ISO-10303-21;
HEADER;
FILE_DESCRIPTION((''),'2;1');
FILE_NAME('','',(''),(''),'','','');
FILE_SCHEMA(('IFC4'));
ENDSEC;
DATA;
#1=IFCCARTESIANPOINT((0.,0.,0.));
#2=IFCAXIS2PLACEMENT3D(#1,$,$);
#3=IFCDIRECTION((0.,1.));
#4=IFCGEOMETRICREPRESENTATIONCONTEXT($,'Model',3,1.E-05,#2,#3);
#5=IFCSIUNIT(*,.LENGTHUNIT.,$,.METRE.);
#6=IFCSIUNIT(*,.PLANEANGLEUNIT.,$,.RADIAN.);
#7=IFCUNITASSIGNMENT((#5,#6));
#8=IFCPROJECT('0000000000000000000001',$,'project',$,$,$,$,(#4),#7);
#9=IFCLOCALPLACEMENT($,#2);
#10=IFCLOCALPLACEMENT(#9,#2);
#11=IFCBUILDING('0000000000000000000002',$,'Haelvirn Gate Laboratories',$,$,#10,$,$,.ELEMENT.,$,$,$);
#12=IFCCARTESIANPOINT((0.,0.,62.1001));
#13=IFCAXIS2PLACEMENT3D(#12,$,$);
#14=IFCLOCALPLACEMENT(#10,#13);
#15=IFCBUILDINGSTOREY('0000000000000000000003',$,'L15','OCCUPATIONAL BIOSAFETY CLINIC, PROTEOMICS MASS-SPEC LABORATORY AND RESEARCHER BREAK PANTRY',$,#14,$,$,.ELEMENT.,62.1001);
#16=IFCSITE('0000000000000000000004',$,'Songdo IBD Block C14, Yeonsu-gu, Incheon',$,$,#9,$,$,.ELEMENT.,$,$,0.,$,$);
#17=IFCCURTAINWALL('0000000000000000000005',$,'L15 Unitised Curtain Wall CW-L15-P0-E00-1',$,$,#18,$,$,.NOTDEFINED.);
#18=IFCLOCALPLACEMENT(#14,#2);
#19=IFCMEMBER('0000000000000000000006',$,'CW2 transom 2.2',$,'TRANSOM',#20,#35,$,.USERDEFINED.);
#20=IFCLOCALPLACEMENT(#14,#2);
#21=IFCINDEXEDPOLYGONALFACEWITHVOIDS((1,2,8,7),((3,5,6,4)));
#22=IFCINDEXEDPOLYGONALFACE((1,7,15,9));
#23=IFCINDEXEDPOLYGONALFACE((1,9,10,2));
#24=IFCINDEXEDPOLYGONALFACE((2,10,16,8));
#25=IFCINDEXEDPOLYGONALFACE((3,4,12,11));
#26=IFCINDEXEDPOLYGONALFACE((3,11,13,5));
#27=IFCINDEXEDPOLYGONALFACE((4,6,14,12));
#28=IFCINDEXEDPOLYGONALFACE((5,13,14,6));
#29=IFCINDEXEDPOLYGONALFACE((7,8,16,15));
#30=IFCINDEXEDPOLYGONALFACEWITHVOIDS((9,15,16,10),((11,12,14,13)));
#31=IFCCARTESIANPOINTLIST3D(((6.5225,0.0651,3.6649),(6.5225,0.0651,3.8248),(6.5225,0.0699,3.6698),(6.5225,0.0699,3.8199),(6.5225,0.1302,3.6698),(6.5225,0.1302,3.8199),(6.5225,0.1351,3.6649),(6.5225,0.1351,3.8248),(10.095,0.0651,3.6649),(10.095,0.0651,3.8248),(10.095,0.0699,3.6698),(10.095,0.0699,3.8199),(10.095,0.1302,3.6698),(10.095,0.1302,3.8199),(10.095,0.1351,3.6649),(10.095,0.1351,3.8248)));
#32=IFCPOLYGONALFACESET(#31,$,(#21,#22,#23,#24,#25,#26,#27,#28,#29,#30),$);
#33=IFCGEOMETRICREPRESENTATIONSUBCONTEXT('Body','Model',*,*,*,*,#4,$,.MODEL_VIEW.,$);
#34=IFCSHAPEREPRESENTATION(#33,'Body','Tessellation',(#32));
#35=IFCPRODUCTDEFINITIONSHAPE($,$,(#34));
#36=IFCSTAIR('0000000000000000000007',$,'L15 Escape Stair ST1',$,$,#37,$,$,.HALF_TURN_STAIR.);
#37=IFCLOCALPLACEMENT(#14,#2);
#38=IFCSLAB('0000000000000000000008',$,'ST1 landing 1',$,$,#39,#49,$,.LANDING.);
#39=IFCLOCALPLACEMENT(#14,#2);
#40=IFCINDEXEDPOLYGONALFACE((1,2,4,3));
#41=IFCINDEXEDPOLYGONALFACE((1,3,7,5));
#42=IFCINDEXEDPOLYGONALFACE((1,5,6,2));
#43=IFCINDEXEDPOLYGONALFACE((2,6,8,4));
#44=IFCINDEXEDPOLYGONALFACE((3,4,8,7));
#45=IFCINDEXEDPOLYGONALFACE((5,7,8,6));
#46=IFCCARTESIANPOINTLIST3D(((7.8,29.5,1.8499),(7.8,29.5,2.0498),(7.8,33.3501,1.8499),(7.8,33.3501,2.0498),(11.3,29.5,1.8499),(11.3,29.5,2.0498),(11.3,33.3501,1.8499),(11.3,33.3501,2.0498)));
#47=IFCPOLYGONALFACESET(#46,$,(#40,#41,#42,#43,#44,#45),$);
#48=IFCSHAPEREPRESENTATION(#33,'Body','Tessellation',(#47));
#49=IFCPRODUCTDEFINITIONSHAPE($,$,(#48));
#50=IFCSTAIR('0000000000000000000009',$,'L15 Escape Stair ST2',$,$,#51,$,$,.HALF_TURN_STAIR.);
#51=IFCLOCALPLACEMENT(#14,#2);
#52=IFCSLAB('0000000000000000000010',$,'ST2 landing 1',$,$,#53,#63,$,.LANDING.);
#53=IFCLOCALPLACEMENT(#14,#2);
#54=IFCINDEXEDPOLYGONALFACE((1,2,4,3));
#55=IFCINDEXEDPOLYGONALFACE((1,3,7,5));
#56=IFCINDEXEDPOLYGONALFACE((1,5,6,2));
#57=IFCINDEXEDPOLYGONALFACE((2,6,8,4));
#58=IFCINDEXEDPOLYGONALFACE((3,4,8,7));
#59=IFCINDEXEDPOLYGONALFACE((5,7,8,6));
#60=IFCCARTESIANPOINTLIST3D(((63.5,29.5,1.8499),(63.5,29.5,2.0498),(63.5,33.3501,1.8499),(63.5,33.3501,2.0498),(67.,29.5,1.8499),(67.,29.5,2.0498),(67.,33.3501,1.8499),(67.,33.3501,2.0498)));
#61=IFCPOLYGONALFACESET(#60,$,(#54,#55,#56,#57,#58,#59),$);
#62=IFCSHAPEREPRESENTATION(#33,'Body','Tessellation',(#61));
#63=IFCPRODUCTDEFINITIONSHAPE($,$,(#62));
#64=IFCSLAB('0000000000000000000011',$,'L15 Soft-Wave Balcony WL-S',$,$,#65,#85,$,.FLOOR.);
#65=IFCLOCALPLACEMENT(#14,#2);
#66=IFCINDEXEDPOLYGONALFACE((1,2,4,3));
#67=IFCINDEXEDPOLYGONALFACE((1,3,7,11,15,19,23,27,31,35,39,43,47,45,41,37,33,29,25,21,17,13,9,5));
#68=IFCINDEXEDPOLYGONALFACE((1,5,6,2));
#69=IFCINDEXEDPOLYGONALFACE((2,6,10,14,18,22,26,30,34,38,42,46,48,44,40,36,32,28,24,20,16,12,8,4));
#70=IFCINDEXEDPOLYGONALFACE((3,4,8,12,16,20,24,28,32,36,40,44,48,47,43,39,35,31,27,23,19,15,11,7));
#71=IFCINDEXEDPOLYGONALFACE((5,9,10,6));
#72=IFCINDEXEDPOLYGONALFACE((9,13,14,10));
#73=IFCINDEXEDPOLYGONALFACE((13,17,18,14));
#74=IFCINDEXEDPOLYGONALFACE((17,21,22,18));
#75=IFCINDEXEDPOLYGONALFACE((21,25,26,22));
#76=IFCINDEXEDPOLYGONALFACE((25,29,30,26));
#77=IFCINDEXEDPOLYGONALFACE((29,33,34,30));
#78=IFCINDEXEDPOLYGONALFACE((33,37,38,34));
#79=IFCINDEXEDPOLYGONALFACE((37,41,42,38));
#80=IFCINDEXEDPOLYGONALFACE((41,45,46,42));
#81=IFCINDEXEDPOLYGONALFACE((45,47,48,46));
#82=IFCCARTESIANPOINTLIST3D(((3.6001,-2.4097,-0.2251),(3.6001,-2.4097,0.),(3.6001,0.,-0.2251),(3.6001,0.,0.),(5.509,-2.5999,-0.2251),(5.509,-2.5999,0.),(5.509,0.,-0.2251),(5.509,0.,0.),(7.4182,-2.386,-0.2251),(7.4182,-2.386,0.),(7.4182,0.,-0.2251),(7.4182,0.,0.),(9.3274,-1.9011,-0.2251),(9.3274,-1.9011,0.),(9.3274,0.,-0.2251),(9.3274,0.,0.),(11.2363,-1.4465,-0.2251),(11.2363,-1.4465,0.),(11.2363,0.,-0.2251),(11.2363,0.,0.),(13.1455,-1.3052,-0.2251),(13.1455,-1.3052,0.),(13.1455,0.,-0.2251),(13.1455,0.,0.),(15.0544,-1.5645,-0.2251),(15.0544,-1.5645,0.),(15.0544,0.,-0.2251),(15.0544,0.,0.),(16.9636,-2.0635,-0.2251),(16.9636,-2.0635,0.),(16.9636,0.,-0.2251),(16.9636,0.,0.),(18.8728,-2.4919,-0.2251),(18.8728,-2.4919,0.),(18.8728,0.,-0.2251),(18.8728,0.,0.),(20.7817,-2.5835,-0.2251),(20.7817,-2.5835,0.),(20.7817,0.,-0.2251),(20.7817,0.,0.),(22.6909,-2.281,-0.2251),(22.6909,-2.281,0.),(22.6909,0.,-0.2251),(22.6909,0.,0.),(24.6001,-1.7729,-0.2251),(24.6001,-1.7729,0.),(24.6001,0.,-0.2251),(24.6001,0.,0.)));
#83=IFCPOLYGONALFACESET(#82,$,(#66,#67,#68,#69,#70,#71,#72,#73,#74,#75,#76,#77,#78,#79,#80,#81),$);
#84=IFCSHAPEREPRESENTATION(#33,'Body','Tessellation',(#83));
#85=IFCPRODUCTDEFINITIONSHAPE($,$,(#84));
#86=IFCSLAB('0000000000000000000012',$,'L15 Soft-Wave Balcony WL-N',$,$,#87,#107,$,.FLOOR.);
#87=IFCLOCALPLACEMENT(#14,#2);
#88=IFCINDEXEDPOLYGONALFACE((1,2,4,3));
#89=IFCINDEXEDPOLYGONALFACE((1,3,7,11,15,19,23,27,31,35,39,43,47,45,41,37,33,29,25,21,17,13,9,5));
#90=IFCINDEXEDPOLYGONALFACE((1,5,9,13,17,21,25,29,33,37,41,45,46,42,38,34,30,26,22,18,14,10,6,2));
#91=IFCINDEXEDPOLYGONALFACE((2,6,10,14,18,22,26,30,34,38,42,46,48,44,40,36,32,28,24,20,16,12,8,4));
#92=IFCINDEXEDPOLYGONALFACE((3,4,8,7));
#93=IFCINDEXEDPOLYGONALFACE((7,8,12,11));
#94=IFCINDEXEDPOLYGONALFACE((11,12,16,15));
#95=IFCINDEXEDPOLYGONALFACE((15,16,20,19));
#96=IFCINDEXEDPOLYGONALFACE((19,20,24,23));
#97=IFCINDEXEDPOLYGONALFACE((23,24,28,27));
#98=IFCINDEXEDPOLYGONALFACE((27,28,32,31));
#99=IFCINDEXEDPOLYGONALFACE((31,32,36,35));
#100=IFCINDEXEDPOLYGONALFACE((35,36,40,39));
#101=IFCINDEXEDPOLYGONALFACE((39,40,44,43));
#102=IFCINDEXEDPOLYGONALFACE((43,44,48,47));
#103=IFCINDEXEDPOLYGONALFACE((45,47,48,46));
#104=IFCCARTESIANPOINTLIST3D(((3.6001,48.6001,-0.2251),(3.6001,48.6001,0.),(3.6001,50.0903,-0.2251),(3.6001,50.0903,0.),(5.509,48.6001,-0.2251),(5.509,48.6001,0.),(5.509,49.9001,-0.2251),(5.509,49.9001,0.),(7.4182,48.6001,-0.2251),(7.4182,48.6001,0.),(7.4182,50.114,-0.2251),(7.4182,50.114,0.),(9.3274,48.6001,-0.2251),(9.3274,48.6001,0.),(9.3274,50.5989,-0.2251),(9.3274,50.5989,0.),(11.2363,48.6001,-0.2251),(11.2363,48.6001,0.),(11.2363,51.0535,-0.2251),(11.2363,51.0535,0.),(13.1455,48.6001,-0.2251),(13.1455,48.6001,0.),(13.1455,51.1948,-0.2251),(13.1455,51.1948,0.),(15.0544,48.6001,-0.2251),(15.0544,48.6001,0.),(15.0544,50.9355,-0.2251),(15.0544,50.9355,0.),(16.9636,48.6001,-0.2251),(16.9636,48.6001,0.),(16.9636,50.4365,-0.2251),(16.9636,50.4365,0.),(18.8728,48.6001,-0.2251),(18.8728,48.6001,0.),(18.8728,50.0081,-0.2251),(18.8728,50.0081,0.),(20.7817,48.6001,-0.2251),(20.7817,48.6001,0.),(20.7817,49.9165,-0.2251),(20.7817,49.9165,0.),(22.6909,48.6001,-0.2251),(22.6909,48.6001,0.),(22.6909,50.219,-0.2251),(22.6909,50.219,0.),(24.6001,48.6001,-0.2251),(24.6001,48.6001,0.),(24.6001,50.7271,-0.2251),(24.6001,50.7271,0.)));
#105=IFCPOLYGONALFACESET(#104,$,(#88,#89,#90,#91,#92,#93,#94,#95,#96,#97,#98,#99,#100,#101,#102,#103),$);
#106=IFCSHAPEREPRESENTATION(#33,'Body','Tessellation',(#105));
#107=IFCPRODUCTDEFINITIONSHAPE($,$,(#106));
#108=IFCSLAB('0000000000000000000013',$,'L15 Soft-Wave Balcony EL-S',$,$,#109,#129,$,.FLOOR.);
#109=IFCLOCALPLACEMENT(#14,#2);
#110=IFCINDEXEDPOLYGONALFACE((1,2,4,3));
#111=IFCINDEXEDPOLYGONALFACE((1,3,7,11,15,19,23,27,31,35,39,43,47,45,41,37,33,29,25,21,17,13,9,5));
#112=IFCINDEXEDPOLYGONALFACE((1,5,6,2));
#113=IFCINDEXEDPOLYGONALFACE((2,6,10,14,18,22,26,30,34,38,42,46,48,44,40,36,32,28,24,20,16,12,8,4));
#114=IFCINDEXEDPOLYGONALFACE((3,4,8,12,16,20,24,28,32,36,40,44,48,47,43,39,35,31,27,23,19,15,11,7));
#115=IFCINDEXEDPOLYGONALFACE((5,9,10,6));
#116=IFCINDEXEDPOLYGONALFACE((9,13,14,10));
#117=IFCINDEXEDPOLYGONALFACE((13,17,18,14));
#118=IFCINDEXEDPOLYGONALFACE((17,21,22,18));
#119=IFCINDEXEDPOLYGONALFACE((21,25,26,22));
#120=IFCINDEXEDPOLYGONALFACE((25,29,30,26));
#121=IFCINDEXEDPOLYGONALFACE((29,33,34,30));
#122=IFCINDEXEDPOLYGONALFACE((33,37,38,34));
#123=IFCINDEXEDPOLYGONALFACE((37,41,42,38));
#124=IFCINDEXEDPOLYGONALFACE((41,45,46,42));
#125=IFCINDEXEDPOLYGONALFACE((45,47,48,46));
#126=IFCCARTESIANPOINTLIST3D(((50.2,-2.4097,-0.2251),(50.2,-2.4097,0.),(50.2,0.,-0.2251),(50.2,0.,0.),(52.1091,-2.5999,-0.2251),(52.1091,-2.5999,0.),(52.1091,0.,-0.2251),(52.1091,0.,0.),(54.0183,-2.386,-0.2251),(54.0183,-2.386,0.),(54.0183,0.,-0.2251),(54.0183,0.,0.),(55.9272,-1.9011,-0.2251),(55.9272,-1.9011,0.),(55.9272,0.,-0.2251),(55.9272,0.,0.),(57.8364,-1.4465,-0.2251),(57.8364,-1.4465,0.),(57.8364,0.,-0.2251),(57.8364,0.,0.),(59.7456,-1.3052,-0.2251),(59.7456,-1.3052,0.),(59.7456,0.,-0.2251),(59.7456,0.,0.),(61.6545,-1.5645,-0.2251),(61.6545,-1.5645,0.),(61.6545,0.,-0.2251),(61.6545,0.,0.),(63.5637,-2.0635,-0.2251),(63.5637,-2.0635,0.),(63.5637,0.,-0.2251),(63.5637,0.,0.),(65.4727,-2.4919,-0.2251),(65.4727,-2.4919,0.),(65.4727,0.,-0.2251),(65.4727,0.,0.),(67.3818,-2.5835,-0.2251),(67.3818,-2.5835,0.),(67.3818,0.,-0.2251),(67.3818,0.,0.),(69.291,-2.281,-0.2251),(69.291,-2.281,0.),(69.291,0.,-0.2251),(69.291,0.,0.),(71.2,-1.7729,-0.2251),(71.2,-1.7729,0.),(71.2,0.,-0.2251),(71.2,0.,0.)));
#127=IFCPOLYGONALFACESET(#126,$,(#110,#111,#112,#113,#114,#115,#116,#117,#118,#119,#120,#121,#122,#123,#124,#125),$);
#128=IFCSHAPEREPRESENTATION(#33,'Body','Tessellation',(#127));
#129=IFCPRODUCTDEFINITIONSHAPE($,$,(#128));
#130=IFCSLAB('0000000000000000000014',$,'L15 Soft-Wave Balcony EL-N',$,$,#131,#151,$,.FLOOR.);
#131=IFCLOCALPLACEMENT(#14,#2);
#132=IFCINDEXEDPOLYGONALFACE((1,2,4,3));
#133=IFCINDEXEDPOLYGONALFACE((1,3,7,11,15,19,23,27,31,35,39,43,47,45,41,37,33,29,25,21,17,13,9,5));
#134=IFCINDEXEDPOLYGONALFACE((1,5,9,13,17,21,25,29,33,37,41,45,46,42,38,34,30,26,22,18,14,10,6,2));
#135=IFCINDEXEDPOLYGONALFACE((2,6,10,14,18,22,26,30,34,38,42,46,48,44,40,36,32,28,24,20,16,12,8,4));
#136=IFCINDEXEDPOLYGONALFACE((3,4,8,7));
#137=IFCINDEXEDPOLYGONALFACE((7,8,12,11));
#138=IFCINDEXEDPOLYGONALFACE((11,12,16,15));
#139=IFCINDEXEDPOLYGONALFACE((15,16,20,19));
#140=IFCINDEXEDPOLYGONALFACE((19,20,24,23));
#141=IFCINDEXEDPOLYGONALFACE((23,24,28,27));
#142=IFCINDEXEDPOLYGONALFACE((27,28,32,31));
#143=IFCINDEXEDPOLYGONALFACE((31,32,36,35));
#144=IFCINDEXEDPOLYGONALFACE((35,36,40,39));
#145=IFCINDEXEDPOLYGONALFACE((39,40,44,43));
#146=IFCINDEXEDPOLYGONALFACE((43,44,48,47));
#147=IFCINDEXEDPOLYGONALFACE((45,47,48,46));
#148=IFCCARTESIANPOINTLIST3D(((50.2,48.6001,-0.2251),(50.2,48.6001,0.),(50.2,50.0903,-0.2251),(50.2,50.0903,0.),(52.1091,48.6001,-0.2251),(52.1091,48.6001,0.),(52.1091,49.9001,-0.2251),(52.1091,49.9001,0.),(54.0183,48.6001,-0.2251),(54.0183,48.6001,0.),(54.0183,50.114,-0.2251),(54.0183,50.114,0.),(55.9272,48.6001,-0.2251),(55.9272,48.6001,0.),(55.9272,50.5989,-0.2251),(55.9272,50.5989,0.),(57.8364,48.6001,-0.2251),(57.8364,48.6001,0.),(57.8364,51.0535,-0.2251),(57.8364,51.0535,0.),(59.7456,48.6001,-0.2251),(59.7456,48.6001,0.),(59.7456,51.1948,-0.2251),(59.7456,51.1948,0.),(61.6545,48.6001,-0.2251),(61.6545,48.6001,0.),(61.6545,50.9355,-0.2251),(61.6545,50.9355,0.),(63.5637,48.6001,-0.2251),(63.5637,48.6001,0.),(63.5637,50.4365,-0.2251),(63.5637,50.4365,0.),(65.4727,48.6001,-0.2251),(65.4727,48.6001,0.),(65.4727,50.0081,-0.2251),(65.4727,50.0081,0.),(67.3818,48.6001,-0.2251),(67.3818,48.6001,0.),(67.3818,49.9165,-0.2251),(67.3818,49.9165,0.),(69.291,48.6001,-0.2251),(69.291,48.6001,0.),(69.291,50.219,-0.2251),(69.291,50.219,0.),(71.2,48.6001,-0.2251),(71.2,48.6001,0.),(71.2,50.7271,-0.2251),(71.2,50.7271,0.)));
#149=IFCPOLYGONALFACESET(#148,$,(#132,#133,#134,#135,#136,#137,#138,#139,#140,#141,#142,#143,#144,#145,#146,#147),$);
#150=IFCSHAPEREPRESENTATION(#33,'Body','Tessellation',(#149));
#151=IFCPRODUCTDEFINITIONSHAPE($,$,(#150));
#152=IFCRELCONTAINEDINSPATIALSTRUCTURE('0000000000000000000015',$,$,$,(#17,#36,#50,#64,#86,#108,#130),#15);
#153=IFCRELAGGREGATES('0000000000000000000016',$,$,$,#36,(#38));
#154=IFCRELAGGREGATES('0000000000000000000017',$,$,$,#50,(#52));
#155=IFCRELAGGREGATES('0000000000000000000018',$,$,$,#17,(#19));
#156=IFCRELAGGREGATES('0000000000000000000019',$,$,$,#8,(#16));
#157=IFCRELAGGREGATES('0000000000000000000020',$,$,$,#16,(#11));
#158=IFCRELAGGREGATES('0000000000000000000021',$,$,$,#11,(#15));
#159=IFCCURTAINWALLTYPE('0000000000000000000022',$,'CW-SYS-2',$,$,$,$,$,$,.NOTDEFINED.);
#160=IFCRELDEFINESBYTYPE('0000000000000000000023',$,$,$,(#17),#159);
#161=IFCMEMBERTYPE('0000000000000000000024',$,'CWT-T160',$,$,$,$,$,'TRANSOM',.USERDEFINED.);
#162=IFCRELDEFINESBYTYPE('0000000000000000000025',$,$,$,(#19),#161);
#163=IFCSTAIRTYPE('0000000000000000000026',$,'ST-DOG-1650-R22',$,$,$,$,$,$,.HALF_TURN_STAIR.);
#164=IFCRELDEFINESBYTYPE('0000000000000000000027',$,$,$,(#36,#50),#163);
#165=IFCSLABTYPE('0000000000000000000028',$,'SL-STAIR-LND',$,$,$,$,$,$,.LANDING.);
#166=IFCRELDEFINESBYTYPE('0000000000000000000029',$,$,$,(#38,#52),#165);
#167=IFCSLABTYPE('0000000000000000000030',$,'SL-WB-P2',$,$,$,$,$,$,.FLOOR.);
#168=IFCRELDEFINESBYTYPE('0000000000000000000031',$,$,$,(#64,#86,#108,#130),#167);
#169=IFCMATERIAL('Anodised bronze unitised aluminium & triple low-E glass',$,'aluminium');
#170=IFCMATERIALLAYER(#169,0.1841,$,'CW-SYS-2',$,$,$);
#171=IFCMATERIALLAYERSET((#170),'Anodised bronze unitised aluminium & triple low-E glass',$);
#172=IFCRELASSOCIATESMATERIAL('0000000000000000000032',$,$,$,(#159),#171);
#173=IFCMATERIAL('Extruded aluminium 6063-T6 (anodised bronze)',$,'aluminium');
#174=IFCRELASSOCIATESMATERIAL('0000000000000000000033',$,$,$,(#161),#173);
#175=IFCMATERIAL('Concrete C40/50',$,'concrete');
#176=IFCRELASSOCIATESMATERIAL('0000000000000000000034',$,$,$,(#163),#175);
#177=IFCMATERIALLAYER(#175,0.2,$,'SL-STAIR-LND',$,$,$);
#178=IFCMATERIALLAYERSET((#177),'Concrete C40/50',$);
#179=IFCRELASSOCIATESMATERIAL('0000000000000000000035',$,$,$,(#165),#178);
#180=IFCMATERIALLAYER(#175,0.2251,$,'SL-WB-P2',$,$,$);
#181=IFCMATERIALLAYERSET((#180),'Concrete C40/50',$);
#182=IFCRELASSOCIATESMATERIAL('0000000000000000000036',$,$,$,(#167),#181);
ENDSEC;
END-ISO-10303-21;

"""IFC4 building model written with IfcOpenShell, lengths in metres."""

from ifc_helpers import new_model, si_unit, direction, frame, origin, origin_2d, place, context, subcontext, project, spatial, polyline, hollow_rectangle, outline, extrude, source, transform, mapped, material, layer, layer_set, material_profile, profile_set, type_object, type_shapes, element, aggregate, save


model = new_model("IFC4")

# Units and contexts
model_context = context("Model", 3, precision=1e-05, world=origin(), true_north=direction((0.0, 1.0)))
body_context = subcontext(model_context, "Body", "Model", "MODEL_VIEW")
ifc_project = project(units=[si_unit("LENGTHUNIT", "METRE"), si_unit("PLANEANGLEUNIT", "RADIAN")], contexts=[model_context])

# Site, building, storey
site_placement = place(None, origin())
site = spatial("IfcSite", under=ifc_project, at=site_placement, Name="Songdo IBD Block C14, Yeonsu-gu, Incheon", CompositionType="ELEMENT", RefElevation=0.0)
building_placement = place(site_placement, origin())
building = spatial("IfcBuilding", under=site, at=building_placement, Name="Haelvirn Gate Laboratories", CompositionType="ELEMENT")
storey_placement = place(building_placement, frame((0.0, 0.0, 62.1001)))
storey = spatial("IfcBuildingStorey", under=building, at=storey_placement, Name="L15", Description="OCCUPATIONAL BIOSAFETY CLINIC, PROTEOMICS MASS-SPEC LABORATORY AND RESEARCHER BREAK PANTRY", CompositionType="ELEMENT", Elevation=62.1001)

# Curtain wall
ifc_material_1 = material(Name="Anodised bronze unitised aluminium & triple low-E glass", Category="aluminium")
ifc_material_2 = material(Name="Extruded aluminium 6063-T6 (anodised bronze)", Category="aluminium")
ifc_layer_1 = layer(ifc_material_1, 0.1841, Name="CW-SYS-2")
ifc_layer_set_1 = layer_set([ifc_layer_1], Name="Anodised bronze unitised aluminium & triple low-E glass")
curtain_wall_type_1 = type_object("IfcCurtainWallType", Name="CW-SYS-2", PredefinedType="NOTDEFINED", material=ifc_layer_set_1)
curtain_wall_1_placement = place(storey_placement, origin())
curtain_wall_1 = element("IfcCurtainWall", 1, at=curtain_wall_1_placement, inside=storey, type_object=curtain_wall_type_1, Name="L15 Unitised Curtain Wall CW-L15-P0-E00-1", PredefinedType="NOTDEFINED")

# Member
ifc_material_profile_1 = material_profile(ifc_material_2, hollow_rectangle(XDim=0.0701, YDim=0.1599, WallThickness=0.0049, at=origin_2d()), Name="CWT-160x70x5")
ifc_profile_set_1 = profile_set([ifc_material_profile_1], Name="Extruded aluminium 6063-T6 (anodised bronze)")
member_type_1 = type_object("IfcMemberType", Name="CWT-T160", ElementType="TRANSOM", PredefinedType="USERDEFINED", material=ifc_profile_set_1)
shared_shape_1 = source(origin(), body_context, "Body", "SweptSolid", [
    extrude(hollow_rectangle(XDim=0.0701, YDim=0.1599, WallThickness=0.0049, at=origin_2d()), origin(), (0.0, 0.0, 1.0), 3.5725),
])
type_shapes(member_type_1, [shared_shape_1])
member_1_placement = place(storey_placement, frame((6.5225, 0.1001, 3.7449), z_axis=(1.0, 0.0, 0.0), x_axis=(0.0, 1.0, 0.0)))
member_1 = element("IfcMember", 2, at=member_1_placement, type_object=member_type_1, Name="CW2 transom 2.2", ObjectType="TRANSOM", PredefinedType="USERDEFINED", context=body_context, shape_type="MappedRepresentation", body=[
    mapped(shared_shape_1, transform((0.0, 0.0, 0.0), scale=1.0)),
])

# Stairs, slabs
ifc_material_3 = material(Name="Concrete C40/50", Category="concrete")
stair_type = type_object("IfcStairType", Name="ST-DOG-1650-R22", PredefinedType="HALF_TURN_STAIR", material=ifc_material_3)
stair_1_placement = place(storey_placement, origin())
stair_1 = element("IfcStair", 3, at=stair_1_placement, inside=storey, type_object=stair_type, Name="L15 Escape Stair ST1", PredefinedType="HALF_TURN_STAIR")
ifc_layer_2 = layer(ifc_material_3, 0.2, Name="SL-STAIR-LND")
ifc_layer_set_2 = layer_set([ifc_layer_2], Name="Concrete C40/50")
slab_type_1 = type_object("IfcSlabType", Name="SL-STAIR-LND", PredefinedType="LANDING", material=ifc_layer_set_2)
slab_1_placement = place(storey_placement, frame((0.0, 0.0, 1.8499)))
slab_1 = element("IfcSlab", 4, at=slab_1_placement, type_object=slab_type_1, Name="ST1 landing 1", PredefinedType="LANDING", context=body_context, shape_type="SweptSolid", body=[
    extrude(outline(polyline([(11.3, 29.5), (11.3, 33.3501), (7.8, 33.3501), (7.8, 29.5), (11.3, 29.5)])), origin(), (0.0, 0.0, 1.0), 0.2),
])
aggregate(stair_1, [slab_1])
stair_2_placement = place(storey_placement, origin())
stair_2 = element("IfcStair", 5, at=stair_2_placement, inside=storey, type_object=stair_type, Name="L15 Escape Stair ST2", PredefinedType="HALF_TURN_STAIR")
slab_2_placement = place(storey_placement, frame((0.0, 0.0, 1.8499)))
slab_2 = element("IfcSlab", 6, at=slab_2_placement, type_object=slab_type_1, Name="ST2 landing 1", PredefinedType="LANDING", context=body_context, shape_type="SweptSolid", body=[
    extrude(outline(polyline([(67.0, 29.5), (67.0, 33.3501), (63.5, 33.3501), (63.5, 29.5), (67.0, 29.5)])), origin(), (0.0, 0.0, 1.0), 0.2),
])
aggregate(stair_2, [slab_2])

# Slabs
ifc_layer_3 = layer(ifc_material_3, 0.2251, Name="SL-WB-P2")
ifc_layer_set_3 = layer_set([ifc_layer_3], Name="Concrete C40/50")
slab_type_2 = type_object("IfcSlabType", Name="SL-WB-P2", PredefinedType="FLOOR", material=ifc_layer_set_3)
slab_3_placement = place(storey_placement, frame((0.0, 0.0, -0.2251)))
element("IfcSlab", 7, at=slab_3_placement, inside=storey, type_object=slab_type_2, Name="L15 Soft-Wave Balcony WL-S", PredefinedType="FLOOR", context=body_context, shape_type="SweptSolid", body=[
    extrude(outline(polyline([(3.6001, -2.4097), (5.509, -2.5999), (7.4182, -2.386), (9.3274, -1.9011), (11.2363, -1.4465), (13.1455, -1.3052), (15.0544, -1.5645), (16.9636, -2.0635), (18.8728, -2.4919), (20.7817, -2.5835), (22.6909, -2.281), (24.6001, -1.7729), (24.6001, 0.0), (22.6909, 0.0), (20.7817, 0.0), (18.8728, 0.0), (16.9636, 0.0), (15.0544, 0.0), (13.1455, 0.0), (11.2363, 0.0), (9.3274, 0.0), (7.4182, 0.0), (5.509, 0.0), (3.6001, 0.0), (3.6001, -2.4097)])), origin(), (0.0, 0.0, 1.0), 0.2251),
])
slab_4_placement = place(storey_placement, frame((0.0, 0.0, -0.2251)))
element("IfcSlab", 8, at=slab_4_placement, inside=storey, type_object=slab_type_2, Name="L15 Soft-Wave Balcony WL-N", PredefinedType="FLOOR", context=body_context, shape_type="SweptSolid", body=[
    extrude(outline(polyline([(3.6001, 48.6001), (5.509, 48.6001), (7.4182, 48.6001), (9.3274, 48.6001), (11.2363, 48.6001), (13.1455, 48.6001), (15.0544, 48.6001), (16.9636, 48.6001), (18.8728, 48.6001), (20.7817, 48.6001), (22.6909, 48.6001), (24.6001, 48.6001), (24.6001, 50.7271), (22.6909, 50.219), (20.7817, 49.9165), (18.8728, 50.0081), (16.9636, 50.4365), (15.0544, 50.9355), (13.1455, 51.1948), (11.2363, 51.0535), (9.3274, 50.5989), (7.4182, 50.114), (5.509, 49.9001), (3.6001, 50.0903), (3.6001, 48.6001)])), origin(), (0.0, 0.0, 1.0), 0.2251),
])
slab_5_placement = place(storey_placement, frame((0.0, 0.0, -0.2251)))
element("IfcSlab", 9, at=slab_5_placement, inside=storey, type_object=slab_type_2, Name="L15 Soft-Wave Balcony EL-S", PredefinedType="FLOOR", context=body_context, shape_type="SweptSolid", body=[
    extrude(outline(polyline([(50.2, -2.4097), (52.1091, -2.5999), (54.0183, -2.386), (55.9272, -1.9011), (57.8364, -1.4465), (59.7456, -1.3052), (61.6545, -1.5645), (63.5637, -2.0635), (65.4727, -2.4919), (67.3818, -2.5835), (69.291, -2.281), (71.2, -1.7729), (71.2, 0.0), (69.291, 0.0), (67.3818, 0.0), (65.4727, 0.0), (63.5637, 0.0), (61.6545, 0.0), (59.7456, 0.0), (57.8364, 0.0), (55.9272, 0.0), (54.0183, 0.0), (52.1091, 0.0), (50.2, 0.0), (50.2, -2.4097)])), origin(), (0.0, 0.0, 1.0), 0.2251),
])
slab_6_placement = place(storey_placement, frame((0.0, 0.0, -0.2251)))
element("IfcSlab", 10, at=slab_6_placement, inside=storey, type_object=slab_type_2, Name="L15 Soft-Wave Balcony EL-N", PredefinedType="FLOOR", context=body_context, shape_type="SweptSolid", body=[
    extrude(outline(polyline([(50.2, 48.6001), (52.1091, 48.6001), (54.0183, 48.6001), (55.9272, 48.6001), (57.8364, 48.6001), (59.7456, 48.6001), (61.6545, 48.6001), (63.5637, 48.6001), (65.4727, 48.6001), (67.3818, 48.6001), (69.291, 48.6001), (71.2, 48.6001), (71.2, 50.7271), (69.291, 50.219), (67.3818, 49.9165), (65.4727, 50.0081), (63.5637, 50.4365), (61.6545, 50.9355), (59.7456, 51.1948), (57.8364, 51.0535), (55.9272, 50.5989), (54.0183, 50.114), (52.1091, 49.9001), (50.2, 50.0903), (50.2, 48.6001)])), origin(), (0.0, 0.0, 1.0), 0.2251),
])

aggregate(curtain_wall_1, [member_1])

save(model, "model.ifc")
